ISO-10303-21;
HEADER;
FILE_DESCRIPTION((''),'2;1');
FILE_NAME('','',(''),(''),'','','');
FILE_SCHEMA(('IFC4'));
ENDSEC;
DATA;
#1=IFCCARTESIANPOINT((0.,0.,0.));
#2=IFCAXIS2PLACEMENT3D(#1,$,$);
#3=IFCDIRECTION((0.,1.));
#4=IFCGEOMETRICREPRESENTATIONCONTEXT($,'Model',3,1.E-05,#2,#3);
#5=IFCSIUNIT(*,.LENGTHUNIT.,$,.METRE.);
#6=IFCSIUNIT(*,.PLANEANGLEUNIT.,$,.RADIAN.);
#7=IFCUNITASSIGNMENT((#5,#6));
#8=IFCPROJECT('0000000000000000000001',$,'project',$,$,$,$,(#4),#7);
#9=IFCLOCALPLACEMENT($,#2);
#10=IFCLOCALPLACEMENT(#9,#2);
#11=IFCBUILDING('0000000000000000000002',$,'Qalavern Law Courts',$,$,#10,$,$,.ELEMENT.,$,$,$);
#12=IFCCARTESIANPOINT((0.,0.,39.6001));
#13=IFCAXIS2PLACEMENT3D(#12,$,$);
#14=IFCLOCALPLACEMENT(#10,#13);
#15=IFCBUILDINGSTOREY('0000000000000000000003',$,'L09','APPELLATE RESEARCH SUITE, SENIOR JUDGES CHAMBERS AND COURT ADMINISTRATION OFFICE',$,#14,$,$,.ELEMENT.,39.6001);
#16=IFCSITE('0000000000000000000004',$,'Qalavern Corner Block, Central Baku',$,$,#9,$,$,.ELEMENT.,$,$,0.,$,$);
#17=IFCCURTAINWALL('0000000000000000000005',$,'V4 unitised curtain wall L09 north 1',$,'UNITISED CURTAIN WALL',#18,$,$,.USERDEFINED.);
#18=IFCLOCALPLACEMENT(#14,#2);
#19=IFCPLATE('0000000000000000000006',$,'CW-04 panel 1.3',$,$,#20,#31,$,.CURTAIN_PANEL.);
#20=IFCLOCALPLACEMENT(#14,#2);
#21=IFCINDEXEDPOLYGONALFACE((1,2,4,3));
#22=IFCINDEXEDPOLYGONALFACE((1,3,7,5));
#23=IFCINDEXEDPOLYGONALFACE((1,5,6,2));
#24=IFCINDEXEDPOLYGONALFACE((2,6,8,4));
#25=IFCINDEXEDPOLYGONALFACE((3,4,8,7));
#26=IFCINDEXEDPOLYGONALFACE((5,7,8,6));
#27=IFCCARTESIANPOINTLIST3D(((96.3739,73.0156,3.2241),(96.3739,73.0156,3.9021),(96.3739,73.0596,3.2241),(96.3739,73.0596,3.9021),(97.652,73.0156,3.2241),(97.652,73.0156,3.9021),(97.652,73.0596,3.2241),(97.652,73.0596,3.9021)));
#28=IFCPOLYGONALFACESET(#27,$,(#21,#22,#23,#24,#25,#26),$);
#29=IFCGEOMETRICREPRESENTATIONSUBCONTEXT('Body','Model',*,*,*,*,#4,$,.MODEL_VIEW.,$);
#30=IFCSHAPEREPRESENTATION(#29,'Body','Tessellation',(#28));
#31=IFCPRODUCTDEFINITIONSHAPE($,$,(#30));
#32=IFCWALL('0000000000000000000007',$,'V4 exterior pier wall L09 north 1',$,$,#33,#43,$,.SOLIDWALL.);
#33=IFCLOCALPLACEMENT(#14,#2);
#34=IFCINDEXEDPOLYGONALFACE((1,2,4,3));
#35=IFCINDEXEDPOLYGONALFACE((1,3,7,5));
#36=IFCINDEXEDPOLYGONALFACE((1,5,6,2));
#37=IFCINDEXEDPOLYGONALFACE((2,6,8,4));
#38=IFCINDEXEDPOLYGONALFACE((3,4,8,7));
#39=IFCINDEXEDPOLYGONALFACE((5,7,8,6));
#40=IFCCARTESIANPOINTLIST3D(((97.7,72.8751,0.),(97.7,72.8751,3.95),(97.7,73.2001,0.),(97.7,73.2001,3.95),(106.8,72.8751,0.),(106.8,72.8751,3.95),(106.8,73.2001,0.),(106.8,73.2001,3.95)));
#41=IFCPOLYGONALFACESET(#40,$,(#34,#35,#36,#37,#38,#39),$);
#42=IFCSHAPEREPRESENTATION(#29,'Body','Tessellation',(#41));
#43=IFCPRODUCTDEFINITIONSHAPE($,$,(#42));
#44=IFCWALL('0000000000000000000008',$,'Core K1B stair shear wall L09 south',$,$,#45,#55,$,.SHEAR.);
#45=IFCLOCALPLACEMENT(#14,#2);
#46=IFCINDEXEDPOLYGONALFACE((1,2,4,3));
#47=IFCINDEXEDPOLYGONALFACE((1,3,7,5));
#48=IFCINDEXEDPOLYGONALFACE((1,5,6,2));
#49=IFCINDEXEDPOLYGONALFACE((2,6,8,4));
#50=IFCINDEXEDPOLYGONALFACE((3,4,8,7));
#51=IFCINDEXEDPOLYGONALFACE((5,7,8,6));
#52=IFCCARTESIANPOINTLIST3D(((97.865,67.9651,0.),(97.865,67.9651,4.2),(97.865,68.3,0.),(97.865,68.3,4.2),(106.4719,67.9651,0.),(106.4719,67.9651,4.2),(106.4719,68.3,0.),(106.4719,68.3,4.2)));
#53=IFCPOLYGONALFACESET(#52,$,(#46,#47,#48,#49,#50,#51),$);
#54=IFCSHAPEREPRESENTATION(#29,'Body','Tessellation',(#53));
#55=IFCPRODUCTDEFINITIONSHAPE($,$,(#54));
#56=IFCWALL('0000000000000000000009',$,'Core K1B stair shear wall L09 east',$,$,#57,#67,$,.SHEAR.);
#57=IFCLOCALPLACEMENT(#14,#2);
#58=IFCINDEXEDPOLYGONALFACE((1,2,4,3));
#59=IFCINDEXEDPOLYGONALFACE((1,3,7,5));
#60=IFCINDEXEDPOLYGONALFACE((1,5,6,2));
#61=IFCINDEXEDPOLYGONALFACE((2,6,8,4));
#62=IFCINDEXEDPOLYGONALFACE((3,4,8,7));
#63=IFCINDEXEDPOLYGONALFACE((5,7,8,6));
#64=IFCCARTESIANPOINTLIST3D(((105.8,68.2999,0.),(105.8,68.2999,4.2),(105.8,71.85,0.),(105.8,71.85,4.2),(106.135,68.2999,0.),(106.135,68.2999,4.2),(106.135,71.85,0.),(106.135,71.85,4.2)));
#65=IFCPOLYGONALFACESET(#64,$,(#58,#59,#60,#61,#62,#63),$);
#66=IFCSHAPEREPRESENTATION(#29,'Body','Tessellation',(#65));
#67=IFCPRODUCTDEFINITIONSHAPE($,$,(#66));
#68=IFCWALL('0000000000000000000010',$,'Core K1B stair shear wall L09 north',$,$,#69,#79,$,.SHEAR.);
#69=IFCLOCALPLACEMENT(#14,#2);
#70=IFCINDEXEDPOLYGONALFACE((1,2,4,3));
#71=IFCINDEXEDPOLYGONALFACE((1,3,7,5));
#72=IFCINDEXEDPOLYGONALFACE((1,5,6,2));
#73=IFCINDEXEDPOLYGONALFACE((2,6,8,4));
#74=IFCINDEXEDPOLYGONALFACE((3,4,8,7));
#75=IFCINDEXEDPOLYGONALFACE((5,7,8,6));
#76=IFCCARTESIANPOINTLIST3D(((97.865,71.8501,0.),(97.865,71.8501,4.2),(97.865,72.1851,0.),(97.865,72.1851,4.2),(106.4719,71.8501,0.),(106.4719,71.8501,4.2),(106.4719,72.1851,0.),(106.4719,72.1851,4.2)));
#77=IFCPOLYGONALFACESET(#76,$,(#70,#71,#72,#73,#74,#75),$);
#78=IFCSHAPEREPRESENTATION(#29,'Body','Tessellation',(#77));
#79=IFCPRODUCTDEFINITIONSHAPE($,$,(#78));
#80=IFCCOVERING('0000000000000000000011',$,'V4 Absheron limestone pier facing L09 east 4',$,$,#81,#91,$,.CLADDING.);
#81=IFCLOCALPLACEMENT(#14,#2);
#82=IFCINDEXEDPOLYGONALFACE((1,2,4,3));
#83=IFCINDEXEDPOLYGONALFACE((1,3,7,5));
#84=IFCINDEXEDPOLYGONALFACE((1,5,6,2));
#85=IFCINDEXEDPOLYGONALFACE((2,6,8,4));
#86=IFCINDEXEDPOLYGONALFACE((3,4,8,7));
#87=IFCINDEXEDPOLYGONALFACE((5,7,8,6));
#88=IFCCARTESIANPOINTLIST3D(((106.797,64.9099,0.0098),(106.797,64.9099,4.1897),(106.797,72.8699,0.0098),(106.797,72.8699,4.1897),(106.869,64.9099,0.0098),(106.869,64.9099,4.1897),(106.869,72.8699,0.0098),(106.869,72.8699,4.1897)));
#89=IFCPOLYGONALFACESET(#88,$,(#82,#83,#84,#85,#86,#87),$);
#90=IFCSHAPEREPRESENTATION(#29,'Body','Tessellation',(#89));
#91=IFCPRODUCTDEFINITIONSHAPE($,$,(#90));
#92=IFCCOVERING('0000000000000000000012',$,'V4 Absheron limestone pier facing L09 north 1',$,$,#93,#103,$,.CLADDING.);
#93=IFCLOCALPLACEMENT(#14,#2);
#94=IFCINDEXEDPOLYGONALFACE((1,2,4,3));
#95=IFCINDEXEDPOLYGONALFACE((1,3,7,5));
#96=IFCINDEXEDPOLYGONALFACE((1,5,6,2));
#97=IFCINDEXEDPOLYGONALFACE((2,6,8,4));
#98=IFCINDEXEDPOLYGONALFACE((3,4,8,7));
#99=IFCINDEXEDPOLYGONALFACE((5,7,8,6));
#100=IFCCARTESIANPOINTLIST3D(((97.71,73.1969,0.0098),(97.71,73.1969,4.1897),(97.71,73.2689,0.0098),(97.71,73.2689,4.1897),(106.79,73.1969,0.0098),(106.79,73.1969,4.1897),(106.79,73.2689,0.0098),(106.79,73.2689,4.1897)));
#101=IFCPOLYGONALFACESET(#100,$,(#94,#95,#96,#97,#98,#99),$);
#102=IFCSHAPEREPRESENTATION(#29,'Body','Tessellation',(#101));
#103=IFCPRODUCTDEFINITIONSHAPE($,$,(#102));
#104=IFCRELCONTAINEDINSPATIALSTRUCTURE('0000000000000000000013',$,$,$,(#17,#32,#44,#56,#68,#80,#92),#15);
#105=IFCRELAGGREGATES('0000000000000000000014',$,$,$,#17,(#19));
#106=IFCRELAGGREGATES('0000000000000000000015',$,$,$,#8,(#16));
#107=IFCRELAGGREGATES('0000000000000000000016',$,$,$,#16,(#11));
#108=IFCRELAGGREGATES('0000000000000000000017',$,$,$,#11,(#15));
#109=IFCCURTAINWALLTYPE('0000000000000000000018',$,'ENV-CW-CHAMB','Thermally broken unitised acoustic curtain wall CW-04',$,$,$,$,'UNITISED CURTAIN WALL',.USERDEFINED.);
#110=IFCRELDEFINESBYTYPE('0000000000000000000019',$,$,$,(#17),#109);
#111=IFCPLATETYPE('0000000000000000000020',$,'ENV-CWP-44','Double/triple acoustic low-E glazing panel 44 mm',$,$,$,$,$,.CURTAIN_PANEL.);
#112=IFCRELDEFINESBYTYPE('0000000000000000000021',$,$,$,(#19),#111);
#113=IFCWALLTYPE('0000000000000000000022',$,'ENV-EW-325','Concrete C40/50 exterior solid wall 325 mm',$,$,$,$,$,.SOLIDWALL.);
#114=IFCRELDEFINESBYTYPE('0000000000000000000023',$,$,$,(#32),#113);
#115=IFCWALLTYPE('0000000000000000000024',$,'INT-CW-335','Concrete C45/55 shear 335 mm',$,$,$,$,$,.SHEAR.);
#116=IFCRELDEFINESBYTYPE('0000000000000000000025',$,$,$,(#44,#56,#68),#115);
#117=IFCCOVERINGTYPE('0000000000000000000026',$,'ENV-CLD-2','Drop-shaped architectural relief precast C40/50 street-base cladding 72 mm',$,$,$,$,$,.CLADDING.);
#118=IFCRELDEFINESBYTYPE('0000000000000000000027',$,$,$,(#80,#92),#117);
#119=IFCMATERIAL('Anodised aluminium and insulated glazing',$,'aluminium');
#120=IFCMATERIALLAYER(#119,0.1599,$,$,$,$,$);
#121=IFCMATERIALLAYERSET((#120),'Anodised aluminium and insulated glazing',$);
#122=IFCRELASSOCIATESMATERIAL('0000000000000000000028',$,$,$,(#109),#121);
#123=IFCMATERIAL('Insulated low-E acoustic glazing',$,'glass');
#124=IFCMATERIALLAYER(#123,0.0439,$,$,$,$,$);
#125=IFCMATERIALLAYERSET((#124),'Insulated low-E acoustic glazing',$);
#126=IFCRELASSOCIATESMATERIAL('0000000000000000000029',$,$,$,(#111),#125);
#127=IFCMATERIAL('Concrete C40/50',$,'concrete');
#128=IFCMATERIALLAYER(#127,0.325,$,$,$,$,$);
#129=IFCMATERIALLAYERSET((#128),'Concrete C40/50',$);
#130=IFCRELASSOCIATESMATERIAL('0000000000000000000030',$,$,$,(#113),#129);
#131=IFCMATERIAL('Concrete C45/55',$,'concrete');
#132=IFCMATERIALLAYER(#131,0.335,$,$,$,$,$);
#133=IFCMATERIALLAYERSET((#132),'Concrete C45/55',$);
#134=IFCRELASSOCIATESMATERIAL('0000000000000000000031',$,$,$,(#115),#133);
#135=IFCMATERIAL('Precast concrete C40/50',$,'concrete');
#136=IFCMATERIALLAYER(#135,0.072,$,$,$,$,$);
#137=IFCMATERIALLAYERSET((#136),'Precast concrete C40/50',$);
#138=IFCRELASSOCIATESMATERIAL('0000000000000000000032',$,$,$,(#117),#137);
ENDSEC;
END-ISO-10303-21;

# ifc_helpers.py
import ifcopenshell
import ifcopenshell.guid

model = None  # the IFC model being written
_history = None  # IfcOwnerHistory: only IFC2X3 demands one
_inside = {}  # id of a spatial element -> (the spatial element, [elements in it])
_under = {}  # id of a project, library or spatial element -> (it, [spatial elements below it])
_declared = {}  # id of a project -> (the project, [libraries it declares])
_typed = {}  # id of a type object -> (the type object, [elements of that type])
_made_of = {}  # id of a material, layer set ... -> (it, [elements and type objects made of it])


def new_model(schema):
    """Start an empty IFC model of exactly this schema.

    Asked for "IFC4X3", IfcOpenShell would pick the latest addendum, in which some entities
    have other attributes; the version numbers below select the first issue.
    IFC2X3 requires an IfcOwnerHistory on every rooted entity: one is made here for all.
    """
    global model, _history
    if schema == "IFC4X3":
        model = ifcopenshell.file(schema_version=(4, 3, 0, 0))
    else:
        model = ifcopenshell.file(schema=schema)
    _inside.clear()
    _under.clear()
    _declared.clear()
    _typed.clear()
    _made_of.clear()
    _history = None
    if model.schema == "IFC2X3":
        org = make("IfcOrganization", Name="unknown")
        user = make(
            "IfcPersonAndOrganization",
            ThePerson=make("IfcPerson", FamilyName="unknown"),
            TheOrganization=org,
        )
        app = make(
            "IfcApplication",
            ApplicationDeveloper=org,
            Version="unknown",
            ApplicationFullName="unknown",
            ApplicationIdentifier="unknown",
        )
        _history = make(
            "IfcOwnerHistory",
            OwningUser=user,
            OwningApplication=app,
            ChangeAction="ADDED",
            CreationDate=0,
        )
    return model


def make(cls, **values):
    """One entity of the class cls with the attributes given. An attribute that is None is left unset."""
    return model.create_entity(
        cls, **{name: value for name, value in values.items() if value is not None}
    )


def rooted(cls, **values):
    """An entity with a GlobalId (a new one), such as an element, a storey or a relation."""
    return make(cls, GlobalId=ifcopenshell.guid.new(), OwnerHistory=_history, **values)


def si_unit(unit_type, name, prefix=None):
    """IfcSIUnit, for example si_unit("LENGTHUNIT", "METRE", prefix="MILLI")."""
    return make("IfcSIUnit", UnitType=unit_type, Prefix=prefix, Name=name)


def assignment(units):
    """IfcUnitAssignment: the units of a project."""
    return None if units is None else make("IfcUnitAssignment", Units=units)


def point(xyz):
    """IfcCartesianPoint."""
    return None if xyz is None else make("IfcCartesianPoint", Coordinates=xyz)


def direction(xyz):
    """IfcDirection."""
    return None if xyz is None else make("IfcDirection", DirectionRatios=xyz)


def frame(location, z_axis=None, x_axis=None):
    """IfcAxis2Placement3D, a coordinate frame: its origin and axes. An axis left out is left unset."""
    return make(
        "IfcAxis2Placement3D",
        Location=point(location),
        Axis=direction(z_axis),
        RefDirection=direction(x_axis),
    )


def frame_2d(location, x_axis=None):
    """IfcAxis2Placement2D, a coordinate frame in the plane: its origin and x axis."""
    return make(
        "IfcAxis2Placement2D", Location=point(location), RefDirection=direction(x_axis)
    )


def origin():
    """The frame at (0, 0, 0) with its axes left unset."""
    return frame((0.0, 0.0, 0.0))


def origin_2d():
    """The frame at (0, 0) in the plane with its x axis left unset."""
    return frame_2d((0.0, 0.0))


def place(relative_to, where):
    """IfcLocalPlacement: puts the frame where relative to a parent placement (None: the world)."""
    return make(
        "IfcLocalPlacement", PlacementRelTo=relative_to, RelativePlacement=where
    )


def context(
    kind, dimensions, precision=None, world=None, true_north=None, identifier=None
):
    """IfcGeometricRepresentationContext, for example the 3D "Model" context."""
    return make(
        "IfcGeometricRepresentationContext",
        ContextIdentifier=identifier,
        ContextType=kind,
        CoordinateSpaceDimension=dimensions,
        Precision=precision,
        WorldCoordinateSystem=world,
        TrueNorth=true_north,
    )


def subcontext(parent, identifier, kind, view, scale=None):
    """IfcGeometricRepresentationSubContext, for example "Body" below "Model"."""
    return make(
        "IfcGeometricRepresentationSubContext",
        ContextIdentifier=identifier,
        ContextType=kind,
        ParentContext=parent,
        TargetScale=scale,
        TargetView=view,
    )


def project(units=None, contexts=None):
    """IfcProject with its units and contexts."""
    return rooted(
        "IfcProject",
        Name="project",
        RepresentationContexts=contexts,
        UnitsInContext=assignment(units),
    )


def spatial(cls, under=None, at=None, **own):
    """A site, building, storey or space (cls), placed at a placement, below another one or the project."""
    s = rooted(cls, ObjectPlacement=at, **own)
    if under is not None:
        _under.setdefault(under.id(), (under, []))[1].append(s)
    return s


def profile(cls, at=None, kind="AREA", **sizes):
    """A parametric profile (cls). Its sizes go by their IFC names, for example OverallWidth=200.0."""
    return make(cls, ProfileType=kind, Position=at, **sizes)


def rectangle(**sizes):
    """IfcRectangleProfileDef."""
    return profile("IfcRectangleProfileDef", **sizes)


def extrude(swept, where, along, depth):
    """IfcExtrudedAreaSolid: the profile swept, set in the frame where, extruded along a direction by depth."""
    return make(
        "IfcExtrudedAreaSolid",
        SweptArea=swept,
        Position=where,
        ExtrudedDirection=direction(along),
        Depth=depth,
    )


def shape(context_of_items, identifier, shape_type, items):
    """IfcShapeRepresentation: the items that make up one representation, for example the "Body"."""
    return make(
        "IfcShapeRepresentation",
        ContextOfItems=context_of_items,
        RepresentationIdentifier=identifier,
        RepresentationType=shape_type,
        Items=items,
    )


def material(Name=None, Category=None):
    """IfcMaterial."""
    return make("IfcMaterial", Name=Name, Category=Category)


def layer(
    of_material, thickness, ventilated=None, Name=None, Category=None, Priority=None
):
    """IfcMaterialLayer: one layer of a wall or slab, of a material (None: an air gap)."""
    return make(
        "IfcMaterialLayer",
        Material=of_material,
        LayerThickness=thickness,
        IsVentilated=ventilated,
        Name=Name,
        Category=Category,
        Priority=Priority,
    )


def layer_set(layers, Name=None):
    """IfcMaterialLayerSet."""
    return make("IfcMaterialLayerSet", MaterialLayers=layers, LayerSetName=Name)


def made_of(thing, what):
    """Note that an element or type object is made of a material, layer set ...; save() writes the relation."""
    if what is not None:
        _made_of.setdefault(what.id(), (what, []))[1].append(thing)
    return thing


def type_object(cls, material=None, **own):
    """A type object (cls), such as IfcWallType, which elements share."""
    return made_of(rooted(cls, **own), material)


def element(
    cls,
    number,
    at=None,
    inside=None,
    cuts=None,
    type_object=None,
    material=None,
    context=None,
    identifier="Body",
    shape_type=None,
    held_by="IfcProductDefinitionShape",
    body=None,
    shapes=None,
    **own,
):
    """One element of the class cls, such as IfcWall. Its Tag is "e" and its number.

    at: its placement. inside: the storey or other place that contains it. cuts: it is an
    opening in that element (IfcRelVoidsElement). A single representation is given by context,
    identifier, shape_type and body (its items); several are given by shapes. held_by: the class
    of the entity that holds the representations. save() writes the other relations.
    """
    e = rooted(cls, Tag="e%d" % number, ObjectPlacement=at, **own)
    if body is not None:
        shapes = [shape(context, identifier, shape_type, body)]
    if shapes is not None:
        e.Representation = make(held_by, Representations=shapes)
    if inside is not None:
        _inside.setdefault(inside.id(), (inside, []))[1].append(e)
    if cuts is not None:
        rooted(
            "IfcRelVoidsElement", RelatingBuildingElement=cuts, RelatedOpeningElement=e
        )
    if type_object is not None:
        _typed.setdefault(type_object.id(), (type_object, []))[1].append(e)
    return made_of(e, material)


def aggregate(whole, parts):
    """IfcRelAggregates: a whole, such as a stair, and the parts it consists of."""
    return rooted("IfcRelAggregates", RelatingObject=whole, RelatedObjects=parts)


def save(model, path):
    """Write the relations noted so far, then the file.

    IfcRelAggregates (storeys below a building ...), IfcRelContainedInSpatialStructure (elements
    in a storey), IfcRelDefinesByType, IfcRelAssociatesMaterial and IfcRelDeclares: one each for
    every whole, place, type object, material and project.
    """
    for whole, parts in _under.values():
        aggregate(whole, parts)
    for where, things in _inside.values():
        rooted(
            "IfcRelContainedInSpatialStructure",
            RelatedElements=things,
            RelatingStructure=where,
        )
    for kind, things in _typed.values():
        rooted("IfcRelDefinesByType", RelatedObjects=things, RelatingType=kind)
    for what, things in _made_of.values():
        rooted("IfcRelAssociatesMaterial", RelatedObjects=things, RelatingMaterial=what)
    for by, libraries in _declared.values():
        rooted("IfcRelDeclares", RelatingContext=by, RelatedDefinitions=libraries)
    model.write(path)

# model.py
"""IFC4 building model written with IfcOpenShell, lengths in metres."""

from ifc_helpers import new_model, si_unit, direction, frame, frame_2d, origin, origin_2d, place, context, subcontext, project, spatial, rectangle, extrude, material, layer, layer_set, type_object, element, aggregate, save


model = new_model("IFC4")

# Units and contexts
model_context = context("Model", 3, precision=1e-05, world=origin(), true_north=direction((0.0, 1.0)))
body_context = subcontext(model_context, "Body", "Model", "MODEL_VIEW")
ifc_project = project(units=[si_unit("LENGTHUNIT", "METRE"), si_unit("PLANEANGLEUNIT", "RADIAN")], contexts=[model_context])

# Site, building, storey
site_placement = place(None, origin())
site = spatial("IfcSite", under=ifc_project, at=site_placement, Name="Qalavern Corner Block, Central Baku", CompositionType="ELEMENT", RefElevation=0.0)
building_placement = place(site_placement, origin())
building = spatial("IfcBuilding", under=site, at=building_placement, Name="Qalavern Law Courts", CompositionType="ELEMENT")
storey_placement = place(building_placement, frame((0.0, 0.0, 39.6001)))
storey = spatial("IfcBuildingStorey", under=building, at=storey_placement, Name="L09", Description="APPELLATE RESEARCH SUITE, SENIOR JUDGES CHAMBERS AND COURT ADMINISTRATION OFFICE", CompositionType="ELEMENT", Elevation=39.6001)

# Shared definitions
ifc_material_1 = material(Name="Concrete C45/55", Category="concrete")

# Curtain wall
ifc_material_2 = material(Name="Anodised aluminium and insulated glazing", Category="aluminium")
ifc_layer_1 = layer(ifc_material_2, 0.1599)
ifc_layer_set_1 = layer_set([ifc_layer_1], Name="Anodised aluminium and insulated glazing")
curtain_wall_type = type_object("IfcCurtainWallType", Name="ENV-CW-CHAMB", Description="Thermally broken unitised acoustic curtain wall CW-04", ElementType="UNITISED CURTAIN WALL", PredefinedType="USERDEFINED", material=ifc_layer_set_1)
curtain_wall_placement = place(storey_placement, origin())
curtain_wall = element("IfcCurtainWall", 1, at=curtain_wall_placement, inside=storey, type_object=curtain_wall_type, Name="V4 unitised curtain wall L09 north 1", ObjectType="UNITISED CURTAIN WALL", PredefinedType="USERDEFINED")

# Plate
ifc_material_3 = material(Name="Insulated low-E acoustic glazing", Category="glass")
ifc_layer_2 = layer(ifc_material_3, 0.0439)
ifc_layer_set_2 = layer_set([ifc_layer_2], Name="Insulated low-E acoustic glazing")
plate_type = type_object("IfcPlateType", Name="ENV-CWP-44", Description="Double/triple acoustic low-E glazing panel 44 mm", PredefinedType="CURTAIN_PANEL", material=ifc_layer_set_2)
plate_1_placement = place(storey_placement, frame((97.0129, 73.0376, 3.2241), z_axis=(0.0, 0.0, 1.0), x_axis=(-1.0, 0.0, 0.0)))
plate_1 = element("IfcPlate", 2, at=plate_1_placement, type_object=plate_type, Name="CW-04 panel 1.3", PredefinedType="CURTAIN_PANEL", context=body_context, shape_type="SweptSolid", body=[
    extrude(rectangle(XDim=1.2781, YDim=0.0439, at=origin_2d()), origin(), (0.0, 0.0, 1.0), 0.678),
])
aggregate(curtain_wall, [plate_1])

# Walls
ifc_material_4 = material(Name="Concrete C40/50", Category="concrete")
ifc_layer_3 = layer(ifc_material_4, 0.325)
ifc_layer_set_3 = layer_set([ifc_layer_3], Name="Concrete C40/50")
wall_type_1 = type_object("IfcWallType", Name="ENV-EW-325", Description="Concrete C40/50 exterior solid wall 325 mm", PredefinedType="SOLIDWALL", material=ifc_layer_set_3)
wall_1_placement = place(storey_placement, frame((106.8, 73.0376, 0.0), z_axis=(0.0, 0.0, 1.0), x_axis=(-1.0, 0.0, 0.0)))
element("IfcWall", 3, at=wall_1_placement, inside=storey, type_object=wall_type_1, Name="V4 exterior pier wall L09 north 1", PredefinedType="SOLIDWALL", context=body_context, shape_type="SweptSolid", body=[
    extrude(rectangle(XDim=9.1001, YDim=0.325, at=frame_2d((4.55, 0.0))), origin(), (0.0, 0.0, 1.0), 3.95),
])
ifc_layer_4 = layer(ifc_material_1, 0.335)
ifc_layer_set_4 = layer_set([ifc_layer_4], Name="Concrete C45/55")
wall_type_2 = type_object("IfcWallType", Name="INT-CW-335", Description="Concrete C45/55 shear 335 mm", PredefinedType="SHEAR", material=ifc_layer_set_4)
wall_2_placement = place(storey_placement, frame((97.865, 68.1326, 0.0), z_axis=(0.0, 0.0, 1.0), x_axis=(1.0, 0.0, 0.0)))
element("IfcWall", 4, at=wall_2_placement, inside=storey, type_object=wall_type_2, Name="Core K1B stair shear wall L09 south", PredefinedType="SHEAR", context=body_context, shape_type="SweptSolid", body=[
    extrude(rectangle(XDim=8.6069, YDim=0.335, at=frame_2d((4.3035, 0.0))), origin(), (0.0, 0.0, 1.0), 4.2),
])
wall_3_placement = place(storey_placement, frame((105.9675, 68.3, 0.0), z_axis=(0.0, 0.0, 1.0), x_axis=(0.0, 1.0, 0.0)))
element("IfcWall", 5, at=wall_3_placement, inside=storey, type_object=wall_type_2, Name="Core K1B stair shear wall L09 east", PredefinedType="SHEAR", context=body_context, shape_type="SweptSolid", body=[
    extrude(rectangle(XDim=3.55, YDim=0.335, at=frame_2d((1.7749, 0.0))), origin(), (0.0, 0.0, 1.0), 4.2),
])
wall_4_placement = place(storey_placement, frame((106.4719, 72.0176, 0.0), z_axis=(0.0, 0.0, 1.0), x_axis=(-1.0, 0.0, 0.0)))
element("IfcWall", 6, at=wall_4_placement, inside=storey, type_object=wall_type_2, Name="Core K1B stair shear wall L09 north", PredefinedType="SHEAR", context=body_context, shape_type="SweptSolid", body=[
    extrude(rectangle(XDim=8.6069, YDim=0.335, at=frame_2d((4.3035, 0.0))), origin(), (0.0, 0.0, 1.0), 4.2),
])

# Coverings
ifc_material_5 = material(Name="Precast concrete C40/50", Category="concrete")
ifc_layer_5 = layer(ifc_material_5, 0.072)
ifc_layer_set_5 = layer_set([ifc_layer_5], Name="Precast concrete C40/50")
covering_type = type_object("IfcCoveringType", Name="ENV-CLD-2", Description="Drop-shaped architectural relief precast C40/50 street-base cladding 72 mm", PredefinedType="CLADDING", material=ifc_layer_set_5)
covering_1_placement = place(storey_placement, frame((106.833, 68.8899, 0.0098), z_axis=(0.0, 0.0, 1.0), x_axis=(0.0, 1.0, 0.0)))
element("IfcCovering", 7, at=covering_1_placement, inside=storey, type_object=covering_type, Name="V4 Absheron limestone pier facing L09 east 4", PredefinedType="CLADDING", context=body_context, shape_type="SweptSolid", body=[
    extrude(rectangle(XDim=7.96, YDim=0.072, at=origin_2d()), origin(), (0.0, 0.0, 1.0), 4.1799),
])
covering_2_placement = place(storey_placement, frame((102.25, 73.2329, 0.0098), z_axis=(0.0, 0.0, 1.0), x_axis=(-1.0, 0.0, 0.0)))
element("IfcCovering", 8, at=covering_2_placement, inside=storey, type_object=covering_type, Name="V4 Absheron limestone pier facing L09 north 1", PredefinedType="CLADDING", context=body_context, shape_type="SweptSolid", body=[
    extrude(rectangle(XDim=9.0801, YDim=0.072, at=origin_2d()), origin(), (0.0, 0.0, 1.0), 4.1799),
])

save(model, "model.ifc")
